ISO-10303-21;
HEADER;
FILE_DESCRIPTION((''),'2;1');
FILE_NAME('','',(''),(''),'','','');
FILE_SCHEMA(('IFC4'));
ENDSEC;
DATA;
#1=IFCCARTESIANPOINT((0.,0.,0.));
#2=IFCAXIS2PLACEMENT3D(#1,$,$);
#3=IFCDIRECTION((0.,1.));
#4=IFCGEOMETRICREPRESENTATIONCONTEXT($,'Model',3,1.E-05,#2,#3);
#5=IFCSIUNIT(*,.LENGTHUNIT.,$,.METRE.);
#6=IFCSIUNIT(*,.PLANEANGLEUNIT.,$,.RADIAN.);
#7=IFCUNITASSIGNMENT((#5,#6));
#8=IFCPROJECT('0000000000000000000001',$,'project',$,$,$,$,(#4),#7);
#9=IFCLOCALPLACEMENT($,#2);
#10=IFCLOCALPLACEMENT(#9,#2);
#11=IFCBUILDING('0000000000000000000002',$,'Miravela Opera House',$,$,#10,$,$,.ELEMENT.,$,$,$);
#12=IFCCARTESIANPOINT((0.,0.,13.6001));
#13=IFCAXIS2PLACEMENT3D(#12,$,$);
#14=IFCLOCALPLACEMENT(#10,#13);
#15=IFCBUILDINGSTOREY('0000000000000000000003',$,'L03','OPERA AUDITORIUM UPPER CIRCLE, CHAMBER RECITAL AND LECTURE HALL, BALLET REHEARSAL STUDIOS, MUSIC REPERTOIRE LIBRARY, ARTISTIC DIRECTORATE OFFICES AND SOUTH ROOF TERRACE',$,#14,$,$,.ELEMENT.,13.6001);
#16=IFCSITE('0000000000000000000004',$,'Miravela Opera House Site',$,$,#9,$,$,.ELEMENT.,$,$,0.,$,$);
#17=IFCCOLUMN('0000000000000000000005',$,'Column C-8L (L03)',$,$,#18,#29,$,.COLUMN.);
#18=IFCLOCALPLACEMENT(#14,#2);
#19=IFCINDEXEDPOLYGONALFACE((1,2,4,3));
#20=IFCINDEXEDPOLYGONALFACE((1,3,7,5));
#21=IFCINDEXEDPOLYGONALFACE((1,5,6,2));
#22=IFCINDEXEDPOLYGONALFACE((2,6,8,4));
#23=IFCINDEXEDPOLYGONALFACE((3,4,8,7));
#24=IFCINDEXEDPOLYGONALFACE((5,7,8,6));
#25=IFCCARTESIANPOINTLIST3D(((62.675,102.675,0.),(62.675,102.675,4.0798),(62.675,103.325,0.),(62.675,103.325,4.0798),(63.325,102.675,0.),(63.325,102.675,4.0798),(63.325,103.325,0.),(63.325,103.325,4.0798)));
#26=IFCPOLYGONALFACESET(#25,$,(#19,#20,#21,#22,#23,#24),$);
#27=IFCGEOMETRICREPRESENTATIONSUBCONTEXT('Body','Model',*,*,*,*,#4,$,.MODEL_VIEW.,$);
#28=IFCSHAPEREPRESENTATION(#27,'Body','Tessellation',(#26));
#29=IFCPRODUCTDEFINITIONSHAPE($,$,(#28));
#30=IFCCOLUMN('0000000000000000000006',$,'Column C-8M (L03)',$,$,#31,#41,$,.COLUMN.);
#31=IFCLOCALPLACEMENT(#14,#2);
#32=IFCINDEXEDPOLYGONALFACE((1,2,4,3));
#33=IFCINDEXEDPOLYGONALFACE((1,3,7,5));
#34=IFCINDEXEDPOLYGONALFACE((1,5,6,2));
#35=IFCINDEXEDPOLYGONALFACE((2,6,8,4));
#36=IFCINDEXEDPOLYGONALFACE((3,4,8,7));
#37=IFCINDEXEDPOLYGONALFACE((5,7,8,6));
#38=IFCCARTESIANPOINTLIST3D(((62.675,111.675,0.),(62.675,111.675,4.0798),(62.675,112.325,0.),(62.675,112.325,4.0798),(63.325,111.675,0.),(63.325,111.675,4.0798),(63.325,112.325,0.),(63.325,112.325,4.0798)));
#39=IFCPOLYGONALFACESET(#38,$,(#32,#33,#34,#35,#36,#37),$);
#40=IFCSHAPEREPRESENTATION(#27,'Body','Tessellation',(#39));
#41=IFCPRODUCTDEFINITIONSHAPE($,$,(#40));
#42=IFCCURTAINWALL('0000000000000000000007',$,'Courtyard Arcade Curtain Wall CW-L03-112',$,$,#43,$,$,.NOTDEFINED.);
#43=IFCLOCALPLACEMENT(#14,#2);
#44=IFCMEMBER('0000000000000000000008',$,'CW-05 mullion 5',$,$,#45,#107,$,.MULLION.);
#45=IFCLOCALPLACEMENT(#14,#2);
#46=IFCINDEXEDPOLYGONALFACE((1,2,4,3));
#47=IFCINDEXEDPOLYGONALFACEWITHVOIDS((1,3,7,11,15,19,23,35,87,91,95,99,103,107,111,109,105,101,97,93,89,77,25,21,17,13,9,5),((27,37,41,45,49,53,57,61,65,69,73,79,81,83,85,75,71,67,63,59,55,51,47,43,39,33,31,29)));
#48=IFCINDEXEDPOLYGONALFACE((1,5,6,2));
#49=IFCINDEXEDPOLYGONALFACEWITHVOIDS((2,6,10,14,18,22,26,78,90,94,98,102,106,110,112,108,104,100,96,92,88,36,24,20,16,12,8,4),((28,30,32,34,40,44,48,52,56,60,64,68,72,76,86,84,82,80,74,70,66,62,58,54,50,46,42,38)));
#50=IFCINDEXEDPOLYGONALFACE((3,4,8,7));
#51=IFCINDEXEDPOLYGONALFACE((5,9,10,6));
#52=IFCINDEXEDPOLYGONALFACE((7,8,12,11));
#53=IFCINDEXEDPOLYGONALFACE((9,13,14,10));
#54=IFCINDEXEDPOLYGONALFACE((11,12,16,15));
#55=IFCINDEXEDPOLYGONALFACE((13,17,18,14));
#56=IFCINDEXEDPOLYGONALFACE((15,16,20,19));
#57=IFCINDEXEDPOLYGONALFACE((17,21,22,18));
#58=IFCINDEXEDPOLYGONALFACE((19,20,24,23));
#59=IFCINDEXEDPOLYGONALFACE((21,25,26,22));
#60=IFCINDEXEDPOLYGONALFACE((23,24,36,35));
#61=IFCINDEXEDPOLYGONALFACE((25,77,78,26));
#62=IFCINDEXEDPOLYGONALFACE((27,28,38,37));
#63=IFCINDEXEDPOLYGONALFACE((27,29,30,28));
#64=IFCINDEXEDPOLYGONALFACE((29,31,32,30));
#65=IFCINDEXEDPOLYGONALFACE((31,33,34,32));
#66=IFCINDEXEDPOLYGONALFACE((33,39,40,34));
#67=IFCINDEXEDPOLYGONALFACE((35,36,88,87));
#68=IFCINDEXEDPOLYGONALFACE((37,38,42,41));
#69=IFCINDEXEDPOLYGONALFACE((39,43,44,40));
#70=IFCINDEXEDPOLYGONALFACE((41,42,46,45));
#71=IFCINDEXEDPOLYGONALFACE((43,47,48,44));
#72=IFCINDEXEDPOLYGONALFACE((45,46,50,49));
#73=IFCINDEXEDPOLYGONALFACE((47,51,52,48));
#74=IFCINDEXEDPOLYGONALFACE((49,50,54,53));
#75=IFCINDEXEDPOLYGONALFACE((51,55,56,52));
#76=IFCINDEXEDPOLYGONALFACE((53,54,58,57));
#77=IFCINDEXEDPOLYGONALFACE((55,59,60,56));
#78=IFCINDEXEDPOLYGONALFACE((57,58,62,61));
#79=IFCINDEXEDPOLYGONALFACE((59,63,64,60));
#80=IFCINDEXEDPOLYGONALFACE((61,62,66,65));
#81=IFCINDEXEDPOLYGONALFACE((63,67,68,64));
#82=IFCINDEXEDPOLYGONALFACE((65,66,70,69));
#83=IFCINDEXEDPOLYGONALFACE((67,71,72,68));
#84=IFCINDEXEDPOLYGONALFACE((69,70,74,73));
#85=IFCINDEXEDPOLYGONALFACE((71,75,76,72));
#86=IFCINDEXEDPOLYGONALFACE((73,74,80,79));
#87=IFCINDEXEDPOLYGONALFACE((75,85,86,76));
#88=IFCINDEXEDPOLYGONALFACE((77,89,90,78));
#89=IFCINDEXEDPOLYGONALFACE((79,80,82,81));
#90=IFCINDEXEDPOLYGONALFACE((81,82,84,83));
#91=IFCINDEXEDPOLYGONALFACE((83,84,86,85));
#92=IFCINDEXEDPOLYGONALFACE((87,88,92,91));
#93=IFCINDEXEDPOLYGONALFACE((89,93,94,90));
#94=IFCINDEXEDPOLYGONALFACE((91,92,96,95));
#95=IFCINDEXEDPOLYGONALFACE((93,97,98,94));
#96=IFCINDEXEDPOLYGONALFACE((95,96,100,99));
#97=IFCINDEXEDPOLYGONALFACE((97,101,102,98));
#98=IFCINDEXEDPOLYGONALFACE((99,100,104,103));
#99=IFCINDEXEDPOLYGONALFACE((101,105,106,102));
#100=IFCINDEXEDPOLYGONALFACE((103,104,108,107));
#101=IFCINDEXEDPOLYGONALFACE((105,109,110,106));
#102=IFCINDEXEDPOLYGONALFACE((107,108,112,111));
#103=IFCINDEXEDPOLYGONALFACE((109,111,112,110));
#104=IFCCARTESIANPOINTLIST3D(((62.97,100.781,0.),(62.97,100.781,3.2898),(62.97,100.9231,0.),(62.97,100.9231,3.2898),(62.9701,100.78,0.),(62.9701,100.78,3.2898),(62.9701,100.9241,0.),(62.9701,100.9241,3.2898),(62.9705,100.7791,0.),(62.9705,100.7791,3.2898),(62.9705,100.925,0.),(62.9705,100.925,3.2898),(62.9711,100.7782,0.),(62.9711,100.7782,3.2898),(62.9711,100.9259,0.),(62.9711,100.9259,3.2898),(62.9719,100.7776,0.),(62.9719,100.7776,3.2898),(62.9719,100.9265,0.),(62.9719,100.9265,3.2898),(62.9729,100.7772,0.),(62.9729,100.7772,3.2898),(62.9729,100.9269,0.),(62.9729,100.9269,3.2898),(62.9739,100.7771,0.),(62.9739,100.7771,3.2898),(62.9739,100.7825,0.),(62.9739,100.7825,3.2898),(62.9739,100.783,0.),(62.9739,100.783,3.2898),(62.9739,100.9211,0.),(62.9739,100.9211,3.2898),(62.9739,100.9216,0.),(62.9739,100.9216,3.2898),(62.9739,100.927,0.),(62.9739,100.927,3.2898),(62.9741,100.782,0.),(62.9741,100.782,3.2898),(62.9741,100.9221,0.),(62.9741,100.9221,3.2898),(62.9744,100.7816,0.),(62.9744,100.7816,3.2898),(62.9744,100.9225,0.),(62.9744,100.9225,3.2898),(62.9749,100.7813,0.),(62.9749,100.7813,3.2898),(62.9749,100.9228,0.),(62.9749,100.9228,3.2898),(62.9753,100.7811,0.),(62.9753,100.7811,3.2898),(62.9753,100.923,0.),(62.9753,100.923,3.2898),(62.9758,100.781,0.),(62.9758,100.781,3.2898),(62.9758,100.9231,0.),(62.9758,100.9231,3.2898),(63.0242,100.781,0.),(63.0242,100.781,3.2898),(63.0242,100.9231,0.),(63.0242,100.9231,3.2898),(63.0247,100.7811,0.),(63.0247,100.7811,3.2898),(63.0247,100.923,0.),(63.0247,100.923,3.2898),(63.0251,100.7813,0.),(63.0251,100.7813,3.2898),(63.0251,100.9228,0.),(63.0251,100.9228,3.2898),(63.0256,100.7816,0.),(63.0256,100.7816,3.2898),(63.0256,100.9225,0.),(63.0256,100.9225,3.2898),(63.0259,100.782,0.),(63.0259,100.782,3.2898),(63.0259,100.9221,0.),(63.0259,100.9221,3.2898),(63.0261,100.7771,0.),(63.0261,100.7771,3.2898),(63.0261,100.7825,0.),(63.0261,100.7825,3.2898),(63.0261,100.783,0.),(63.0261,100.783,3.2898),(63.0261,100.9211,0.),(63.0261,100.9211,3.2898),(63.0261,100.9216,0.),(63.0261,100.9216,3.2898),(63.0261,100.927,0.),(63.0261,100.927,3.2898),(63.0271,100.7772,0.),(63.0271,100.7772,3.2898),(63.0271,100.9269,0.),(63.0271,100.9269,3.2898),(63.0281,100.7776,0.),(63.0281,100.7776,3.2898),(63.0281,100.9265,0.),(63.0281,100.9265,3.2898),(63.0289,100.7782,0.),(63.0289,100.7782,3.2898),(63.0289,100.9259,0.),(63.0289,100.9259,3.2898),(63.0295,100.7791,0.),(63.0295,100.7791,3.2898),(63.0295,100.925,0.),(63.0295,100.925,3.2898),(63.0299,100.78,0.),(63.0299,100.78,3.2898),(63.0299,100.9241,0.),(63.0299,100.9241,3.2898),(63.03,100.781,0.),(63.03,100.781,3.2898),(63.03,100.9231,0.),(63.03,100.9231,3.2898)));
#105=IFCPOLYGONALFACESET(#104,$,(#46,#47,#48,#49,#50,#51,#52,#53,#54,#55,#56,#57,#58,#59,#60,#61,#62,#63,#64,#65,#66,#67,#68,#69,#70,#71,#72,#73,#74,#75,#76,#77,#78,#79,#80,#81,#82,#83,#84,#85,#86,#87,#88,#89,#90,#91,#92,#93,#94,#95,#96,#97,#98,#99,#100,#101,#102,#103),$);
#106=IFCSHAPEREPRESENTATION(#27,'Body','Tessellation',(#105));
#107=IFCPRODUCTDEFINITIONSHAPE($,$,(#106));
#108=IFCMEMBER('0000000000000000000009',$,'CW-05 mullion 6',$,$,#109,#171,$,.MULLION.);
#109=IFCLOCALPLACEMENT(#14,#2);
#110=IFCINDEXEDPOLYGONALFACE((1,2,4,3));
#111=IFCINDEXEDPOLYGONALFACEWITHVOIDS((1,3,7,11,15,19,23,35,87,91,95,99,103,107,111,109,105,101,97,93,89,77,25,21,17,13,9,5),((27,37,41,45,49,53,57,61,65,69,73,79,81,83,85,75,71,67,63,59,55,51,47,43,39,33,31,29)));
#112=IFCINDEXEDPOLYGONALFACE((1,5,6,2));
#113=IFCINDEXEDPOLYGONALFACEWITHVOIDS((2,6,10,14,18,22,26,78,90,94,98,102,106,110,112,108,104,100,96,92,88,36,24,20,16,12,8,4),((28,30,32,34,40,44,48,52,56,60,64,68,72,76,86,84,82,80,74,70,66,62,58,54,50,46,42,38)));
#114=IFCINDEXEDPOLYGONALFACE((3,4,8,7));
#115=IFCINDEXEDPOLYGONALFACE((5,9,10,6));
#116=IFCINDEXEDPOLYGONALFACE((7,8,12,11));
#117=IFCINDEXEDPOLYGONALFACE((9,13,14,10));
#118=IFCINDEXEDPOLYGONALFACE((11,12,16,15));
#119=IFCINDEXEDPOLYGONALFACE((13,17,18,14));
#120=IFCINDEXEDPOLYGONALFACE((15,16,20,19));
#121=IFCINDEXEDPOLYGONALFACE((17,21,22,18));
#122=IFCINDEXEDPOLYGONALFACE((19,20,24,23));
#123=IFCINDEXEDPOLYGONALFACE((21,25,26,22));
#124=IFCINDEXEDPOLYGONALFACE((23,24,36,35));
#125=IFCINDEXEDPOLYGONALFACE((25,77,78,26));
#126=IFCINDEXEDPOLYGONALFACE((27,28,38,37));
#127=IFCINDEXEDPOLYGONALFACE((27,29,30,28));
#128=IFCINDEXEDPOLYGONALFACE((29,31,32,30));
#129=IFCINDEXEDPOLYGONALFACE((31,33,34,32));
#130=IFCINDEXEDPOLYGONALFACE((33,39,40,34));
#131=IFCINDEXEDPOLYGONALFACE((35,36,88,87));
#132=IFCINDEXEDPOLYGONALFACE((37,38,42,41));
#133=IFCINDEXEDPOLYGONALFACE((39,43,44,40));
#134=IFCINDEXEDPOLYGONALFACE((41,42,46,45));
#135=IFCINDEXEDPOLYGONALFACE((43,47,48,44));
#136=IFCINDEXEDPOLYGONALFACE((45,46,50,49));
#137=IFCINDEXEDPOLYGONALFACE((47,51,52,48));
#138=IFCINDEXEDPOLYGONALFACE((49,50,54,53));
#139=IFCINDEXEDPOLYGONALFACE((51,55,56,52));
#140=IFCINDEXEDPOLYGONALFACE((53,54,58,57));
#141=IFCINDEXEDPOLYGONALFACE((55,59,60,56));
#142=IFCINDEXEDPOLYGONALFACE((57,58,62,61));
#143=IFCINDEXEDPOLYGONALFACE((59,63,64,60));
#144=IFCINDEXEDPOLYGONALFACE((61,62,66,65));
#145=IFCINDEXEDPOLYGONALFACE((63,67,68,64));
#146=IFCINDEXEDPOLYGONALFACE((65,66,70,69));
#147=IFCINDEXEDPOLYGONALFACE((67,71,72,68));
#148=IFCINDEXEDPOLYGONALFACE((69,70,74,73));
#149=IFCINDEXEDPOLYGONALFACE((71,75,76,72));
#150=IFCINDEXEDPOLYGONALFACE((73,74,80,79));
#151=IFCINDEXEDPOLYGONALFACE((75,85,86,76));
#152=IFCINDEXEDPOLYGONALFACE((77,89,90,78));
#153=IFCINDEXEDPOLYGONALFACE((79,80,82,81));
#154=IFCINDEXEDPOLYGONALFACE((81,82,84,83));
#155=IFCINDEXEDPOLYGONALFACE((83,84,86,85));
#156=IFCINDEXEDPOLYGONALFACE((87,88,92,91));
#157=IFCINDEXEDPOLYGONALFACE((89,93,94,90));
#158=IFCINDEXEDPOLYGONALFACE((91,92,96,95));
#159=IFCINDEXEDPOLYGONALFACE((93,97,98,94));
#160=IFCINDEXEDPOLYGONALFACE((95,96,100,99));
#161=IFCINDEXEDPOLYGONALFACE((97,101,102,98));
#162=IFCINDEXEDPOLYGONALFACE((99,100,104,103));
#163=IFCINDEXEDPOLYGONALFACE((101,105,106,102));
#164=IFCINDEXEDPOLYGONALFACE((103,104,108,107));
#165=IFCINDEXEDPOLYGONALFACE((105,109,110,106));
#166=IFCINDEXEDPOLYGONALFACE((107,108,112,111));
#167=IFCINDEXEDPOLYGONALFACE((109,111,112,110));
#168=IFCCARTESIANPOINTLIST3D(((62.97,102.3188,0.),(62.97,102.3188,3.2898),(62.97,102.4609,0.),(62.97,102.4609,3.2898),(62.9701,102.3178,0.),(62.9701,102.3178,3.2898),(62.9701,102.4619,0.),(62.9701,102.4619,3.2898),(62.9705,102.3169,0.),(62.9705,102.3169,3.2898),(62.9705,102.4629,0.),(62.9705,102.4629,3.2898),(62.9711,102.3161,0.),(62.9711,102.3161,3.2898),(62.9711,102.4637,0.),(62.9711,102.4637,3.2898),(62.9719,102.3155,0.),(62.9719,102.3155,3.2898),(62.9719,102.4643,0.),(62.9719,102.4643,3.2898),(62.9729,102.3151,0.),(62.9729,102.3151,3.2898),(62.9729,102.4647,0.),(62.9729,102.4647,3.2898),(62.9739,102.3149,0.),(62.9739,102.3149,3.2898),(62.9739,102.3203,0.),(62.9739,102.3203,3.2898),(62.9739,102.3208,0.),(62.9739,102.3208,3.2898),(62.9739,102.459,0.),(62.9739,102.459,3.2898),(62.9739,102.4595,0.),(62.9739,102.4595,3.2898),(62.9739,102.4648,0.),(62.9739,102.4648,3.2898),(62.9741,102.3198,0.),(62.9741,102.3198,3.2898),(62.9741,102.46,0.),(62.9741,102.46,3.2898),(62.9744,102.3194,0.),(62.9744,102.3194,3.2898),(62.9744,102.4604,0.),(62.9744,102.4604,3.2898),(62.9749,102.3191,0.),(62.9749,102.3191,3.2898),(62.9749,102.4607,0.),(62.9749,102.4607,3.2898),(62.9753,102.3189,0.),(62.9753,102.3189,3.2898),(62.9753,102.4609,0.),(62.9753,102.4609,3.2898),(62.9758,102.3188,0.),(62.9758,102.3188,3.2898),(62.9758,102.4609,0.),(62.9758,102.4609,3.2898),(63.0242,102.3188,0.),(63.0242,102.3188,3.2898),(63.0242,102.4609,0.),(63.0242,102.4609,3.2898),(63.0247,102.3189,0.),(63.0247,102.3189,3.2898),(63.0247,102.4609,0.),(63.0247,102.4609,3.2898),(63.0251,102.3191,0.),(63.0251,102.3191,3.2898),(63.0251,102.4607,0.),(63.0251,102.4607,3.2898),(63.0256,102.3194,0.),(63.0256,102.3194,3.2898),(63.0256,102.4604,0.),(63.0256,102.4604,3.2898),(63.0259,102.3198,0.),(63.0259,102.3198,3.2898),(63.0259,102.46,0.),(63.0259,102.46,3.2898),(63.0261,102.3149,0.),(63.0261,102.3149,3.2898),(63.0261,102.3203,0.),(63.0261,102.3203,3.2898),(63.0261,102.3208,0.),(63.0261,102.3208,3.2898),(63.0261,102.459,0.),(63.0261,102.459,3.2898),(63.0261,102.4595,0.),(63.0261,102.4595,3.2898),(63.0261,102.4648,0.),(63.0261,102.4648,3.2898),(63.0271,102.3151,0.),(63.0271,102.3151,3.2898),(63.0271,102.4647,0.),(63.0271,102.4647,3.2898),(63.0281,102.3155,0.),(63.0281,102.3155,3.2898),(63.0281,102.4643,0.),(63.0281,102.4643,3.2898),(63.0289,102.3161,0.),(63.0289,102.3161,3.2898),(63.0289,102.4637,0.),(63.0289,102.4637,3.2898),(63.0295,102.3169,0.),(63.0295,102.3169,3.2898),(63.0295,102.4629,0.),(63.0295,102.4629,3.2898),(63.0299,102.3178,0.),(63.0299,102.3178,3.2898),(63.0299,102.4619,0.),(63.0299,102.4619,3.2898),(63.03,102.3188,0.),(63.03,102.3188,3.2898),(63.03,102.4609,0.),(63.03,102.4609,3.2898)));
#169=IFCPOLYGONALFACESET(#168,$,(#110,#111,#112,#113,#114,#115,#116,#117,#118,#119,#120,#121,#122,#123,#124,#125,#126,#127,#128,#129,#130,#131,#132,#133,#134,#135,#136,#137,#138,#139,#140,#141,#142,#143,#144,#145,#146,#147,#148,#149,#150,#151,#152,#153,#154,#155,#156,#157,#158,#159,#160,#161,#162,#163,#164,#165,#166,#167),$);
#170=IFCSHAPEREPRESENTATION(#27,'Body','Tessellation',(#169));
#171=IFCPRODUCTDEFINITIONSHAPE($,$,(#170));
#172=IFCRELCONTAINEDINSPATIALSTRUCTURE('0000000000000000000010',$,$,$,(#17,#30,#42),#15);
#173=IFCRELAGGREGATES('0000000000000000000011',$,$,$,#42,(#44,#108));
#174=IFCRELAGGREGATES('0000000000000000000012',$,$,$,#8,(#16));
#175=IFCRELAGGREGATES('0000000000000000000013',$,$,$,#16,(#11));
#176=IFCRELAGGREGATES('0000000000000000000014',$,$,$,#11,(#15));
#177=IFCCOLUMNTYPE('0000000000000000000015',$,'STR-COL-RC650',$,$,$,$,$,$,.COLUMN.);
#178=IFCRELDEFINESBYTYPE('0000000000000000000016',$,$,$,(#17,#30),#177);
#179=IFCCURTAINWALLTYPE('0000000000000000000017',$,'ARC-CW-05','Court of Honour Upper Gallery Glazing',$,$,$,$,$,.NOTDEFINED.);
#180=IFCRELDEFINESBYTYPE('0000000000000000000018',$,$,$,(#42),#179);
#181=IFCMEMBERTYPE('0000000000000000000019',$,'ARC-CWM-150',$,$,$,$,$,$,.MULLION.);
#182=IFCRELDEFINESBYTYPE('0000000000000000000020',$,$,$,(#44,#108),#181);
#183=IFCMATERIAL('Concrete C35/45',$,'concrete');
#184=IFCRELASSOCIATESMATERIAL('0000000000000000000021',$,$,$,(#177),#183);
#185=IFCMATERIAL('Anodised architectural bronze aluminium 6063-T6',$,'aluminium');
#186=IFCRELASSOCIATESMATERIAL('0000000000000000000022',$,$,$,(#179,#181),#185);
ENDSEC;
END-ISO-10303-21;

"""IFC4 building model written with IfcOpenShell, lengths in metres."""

from ifc_helpers import new_model, si_unit, direction, frame, origin, origin_2d, place, context, subcontext, project, spatial, rectangle, hollow_rectangle, extrude, material, material_profile, profile_set, type_object, element, aggregate, save


model = new_model("IFC4")

# Units and contexts
model_context = context("Model", 3, precision=1e-05, world=origin(), true_north=direction((0.0, 1.0)))
body_context = subcontext(model_context, "Body", "Model", "MODEL_VIEW")
ifc_project = project(units=[si_unit("LENGTHUNIT", "METRE"), si_unit("PLANEANGLEUNIT", "RADIAN")], contexts=[model_context])

# Site, building, storey
site_placement = place(None, origin())
site = spatial("IfcSite", under=ifc_project, at=site_placement, Name="Miravela Opera House Site", CompositionType="ELEMENT", RefElevation=0.0)
building_placement = place(site_placement, origin())
building = spatial("IfcBuilding", under=site, at=building_placement, Name="Miravela Opera House", CompositionType="ELEMENT")
storey_placement = place(building_placement, frame((0.0, 0.0, 13.6001)))
storey = spatial("IfcBuildingStorey", under=building, at=storey_placement, Name="L03", Description="OPERA AUDITORIUM UPPER CIRCLE, CHAMBER RECITAL AND LECTURE HALL, BALLET REHEARSAL STUDIOS, MUSIC REPERTOIRE LIBRARY, ARTISTIC DIRECTORATE OFFICES AND SOUTH ROOF TERRACE", CompositionType="ELEMENT", Elevation=13.6001)

# Columns
ifc_material_1 = material(Name="Concrete C35/45", Category="concrete")
ifc_material_profile_1 = material_profile(ifc_material_1, rectangle(XDim=0.6499, YDim=0.6499, at=origin_2d()), Name="RC-COL-650X650")
ifc_profile_set_1 = profile_set([ifc_material_profile_1])
column_type = type_object("IfcColumnType", Name="STR-COL-RC650", PredefinedType="COLUMN", material=ifc_profile_set_1)
for number, where, z_axis, x_axis, name in (
    (1, (63.0, 103.0, 0.0), (0.0, 0.0, 1.0), (1.0, 0.0, 0.0), "Column C-8L (L03)"),
    (2, (63.0, 112.0, 0.0), (0.0, 0.0, 1.0), (1.0, 0.0, 0.0), "Column C-8M (L03)"),
):
    element("IfcColumn", number, at=place(storey_placement, frame(where, z_axis=z_axis, x_axis=x_axis)), inside=storey, type_object=column_type, Name=name, PredefinedType="COLUMN", context=body_context, shape_type="SweptSolid", body=[
        extrude(rectangle(XDim=0.6499, YDim=0.6499, at=origin_2d()), origin(), (0.0, 0.0, 1.0), 4.0798),
    ])

# Curtain wall, members
ifc_material_2 = material(Name="Anodised architectural bronze aluminium 6063-T6", Category="aluminium")
curtain_wall_type = type_object("IfcCurtainWallType", Name="ARC-CW-05", Description="Court of Honour Upper Gallery Glazing", PredefinedType="NOTDEFINED", material=ifc_material_2)
curtain_wall_placement = place(storey_placement, origin())
curtain_wall = element("IfcCurtainWall", 3, at=curtain_wall_placement, inside=storey, type_object=curtain_wall_type, Name="Courtyard Arcade Curtain Wall CW-L03-112", PredefinedType="NOTDEFINED")
ifc_material_profile_2 = material_profile(ifc_material_2, hollow_rectangle(XDim=0.0601, YDim=0.1499, WallThickness=0.0039, InnerFilletRadius=0.002, OuterFilletRadius=0.0039, at=origin_2d()), Name="CWM-60X150")
ifc_profile_set_2 = profile_set([ifc_material_profile_2])
member_type_1 = type_object("IfcMemberType", Name="ARC-CWM-150", PredefinedType="MULLION", material=ifc_profile_set_2)
member_1_placement = place(storey_placement, frame((63.0, 100.8521, 0.0), z_axis=(0.0, 0.0, 1.0), x_axis=(-1.0, 0.0, 0.0)))
member_1 = element("IfcMember", 4, at=member_1_placement, type_object=member_type_1, Name="CW-05 mullion 5", PredefinedType="MULLION", context=body_context, shape_type="SweptSolid", body=[
    extrude(hollow_rectangle(XDim=0.0601, YDim=0.1499, WallThickness=0.0039, InnerFilletRadius=0.002, OuterFilletRadius=0.0039, at=origin_2d()), origin(), (0.0, 0.0, 1.0), 3.2898),
])
member_2_placement = place(storey_placement, frame((63.0, 102.3899, 0.0), z_axis=(0.0, 0.0, 1.0), x_axis=(-1.0, 0.0, 0.0)))
member_2 = element("IfcMember", 5, at=member_2_placement, type_object=member_type_1, Name="CW-05 mullion 6", PredefinedType="MULLION", context=body_context, shape_type="SweptSolid", body=[
    extrude(hollow_rectangle(XDim=0.0601, YDim=0.1499, WallThickness=0.0039, InnerFilletRadius=0.002, OuterFilletRadius=0.0039, at=origin_2d()), origin(), (0.0, 0.0, 1.0), 3.2898),
])

aggregate(curtain_wall, [member_1, member_2])

save(model, "model.ifc")
